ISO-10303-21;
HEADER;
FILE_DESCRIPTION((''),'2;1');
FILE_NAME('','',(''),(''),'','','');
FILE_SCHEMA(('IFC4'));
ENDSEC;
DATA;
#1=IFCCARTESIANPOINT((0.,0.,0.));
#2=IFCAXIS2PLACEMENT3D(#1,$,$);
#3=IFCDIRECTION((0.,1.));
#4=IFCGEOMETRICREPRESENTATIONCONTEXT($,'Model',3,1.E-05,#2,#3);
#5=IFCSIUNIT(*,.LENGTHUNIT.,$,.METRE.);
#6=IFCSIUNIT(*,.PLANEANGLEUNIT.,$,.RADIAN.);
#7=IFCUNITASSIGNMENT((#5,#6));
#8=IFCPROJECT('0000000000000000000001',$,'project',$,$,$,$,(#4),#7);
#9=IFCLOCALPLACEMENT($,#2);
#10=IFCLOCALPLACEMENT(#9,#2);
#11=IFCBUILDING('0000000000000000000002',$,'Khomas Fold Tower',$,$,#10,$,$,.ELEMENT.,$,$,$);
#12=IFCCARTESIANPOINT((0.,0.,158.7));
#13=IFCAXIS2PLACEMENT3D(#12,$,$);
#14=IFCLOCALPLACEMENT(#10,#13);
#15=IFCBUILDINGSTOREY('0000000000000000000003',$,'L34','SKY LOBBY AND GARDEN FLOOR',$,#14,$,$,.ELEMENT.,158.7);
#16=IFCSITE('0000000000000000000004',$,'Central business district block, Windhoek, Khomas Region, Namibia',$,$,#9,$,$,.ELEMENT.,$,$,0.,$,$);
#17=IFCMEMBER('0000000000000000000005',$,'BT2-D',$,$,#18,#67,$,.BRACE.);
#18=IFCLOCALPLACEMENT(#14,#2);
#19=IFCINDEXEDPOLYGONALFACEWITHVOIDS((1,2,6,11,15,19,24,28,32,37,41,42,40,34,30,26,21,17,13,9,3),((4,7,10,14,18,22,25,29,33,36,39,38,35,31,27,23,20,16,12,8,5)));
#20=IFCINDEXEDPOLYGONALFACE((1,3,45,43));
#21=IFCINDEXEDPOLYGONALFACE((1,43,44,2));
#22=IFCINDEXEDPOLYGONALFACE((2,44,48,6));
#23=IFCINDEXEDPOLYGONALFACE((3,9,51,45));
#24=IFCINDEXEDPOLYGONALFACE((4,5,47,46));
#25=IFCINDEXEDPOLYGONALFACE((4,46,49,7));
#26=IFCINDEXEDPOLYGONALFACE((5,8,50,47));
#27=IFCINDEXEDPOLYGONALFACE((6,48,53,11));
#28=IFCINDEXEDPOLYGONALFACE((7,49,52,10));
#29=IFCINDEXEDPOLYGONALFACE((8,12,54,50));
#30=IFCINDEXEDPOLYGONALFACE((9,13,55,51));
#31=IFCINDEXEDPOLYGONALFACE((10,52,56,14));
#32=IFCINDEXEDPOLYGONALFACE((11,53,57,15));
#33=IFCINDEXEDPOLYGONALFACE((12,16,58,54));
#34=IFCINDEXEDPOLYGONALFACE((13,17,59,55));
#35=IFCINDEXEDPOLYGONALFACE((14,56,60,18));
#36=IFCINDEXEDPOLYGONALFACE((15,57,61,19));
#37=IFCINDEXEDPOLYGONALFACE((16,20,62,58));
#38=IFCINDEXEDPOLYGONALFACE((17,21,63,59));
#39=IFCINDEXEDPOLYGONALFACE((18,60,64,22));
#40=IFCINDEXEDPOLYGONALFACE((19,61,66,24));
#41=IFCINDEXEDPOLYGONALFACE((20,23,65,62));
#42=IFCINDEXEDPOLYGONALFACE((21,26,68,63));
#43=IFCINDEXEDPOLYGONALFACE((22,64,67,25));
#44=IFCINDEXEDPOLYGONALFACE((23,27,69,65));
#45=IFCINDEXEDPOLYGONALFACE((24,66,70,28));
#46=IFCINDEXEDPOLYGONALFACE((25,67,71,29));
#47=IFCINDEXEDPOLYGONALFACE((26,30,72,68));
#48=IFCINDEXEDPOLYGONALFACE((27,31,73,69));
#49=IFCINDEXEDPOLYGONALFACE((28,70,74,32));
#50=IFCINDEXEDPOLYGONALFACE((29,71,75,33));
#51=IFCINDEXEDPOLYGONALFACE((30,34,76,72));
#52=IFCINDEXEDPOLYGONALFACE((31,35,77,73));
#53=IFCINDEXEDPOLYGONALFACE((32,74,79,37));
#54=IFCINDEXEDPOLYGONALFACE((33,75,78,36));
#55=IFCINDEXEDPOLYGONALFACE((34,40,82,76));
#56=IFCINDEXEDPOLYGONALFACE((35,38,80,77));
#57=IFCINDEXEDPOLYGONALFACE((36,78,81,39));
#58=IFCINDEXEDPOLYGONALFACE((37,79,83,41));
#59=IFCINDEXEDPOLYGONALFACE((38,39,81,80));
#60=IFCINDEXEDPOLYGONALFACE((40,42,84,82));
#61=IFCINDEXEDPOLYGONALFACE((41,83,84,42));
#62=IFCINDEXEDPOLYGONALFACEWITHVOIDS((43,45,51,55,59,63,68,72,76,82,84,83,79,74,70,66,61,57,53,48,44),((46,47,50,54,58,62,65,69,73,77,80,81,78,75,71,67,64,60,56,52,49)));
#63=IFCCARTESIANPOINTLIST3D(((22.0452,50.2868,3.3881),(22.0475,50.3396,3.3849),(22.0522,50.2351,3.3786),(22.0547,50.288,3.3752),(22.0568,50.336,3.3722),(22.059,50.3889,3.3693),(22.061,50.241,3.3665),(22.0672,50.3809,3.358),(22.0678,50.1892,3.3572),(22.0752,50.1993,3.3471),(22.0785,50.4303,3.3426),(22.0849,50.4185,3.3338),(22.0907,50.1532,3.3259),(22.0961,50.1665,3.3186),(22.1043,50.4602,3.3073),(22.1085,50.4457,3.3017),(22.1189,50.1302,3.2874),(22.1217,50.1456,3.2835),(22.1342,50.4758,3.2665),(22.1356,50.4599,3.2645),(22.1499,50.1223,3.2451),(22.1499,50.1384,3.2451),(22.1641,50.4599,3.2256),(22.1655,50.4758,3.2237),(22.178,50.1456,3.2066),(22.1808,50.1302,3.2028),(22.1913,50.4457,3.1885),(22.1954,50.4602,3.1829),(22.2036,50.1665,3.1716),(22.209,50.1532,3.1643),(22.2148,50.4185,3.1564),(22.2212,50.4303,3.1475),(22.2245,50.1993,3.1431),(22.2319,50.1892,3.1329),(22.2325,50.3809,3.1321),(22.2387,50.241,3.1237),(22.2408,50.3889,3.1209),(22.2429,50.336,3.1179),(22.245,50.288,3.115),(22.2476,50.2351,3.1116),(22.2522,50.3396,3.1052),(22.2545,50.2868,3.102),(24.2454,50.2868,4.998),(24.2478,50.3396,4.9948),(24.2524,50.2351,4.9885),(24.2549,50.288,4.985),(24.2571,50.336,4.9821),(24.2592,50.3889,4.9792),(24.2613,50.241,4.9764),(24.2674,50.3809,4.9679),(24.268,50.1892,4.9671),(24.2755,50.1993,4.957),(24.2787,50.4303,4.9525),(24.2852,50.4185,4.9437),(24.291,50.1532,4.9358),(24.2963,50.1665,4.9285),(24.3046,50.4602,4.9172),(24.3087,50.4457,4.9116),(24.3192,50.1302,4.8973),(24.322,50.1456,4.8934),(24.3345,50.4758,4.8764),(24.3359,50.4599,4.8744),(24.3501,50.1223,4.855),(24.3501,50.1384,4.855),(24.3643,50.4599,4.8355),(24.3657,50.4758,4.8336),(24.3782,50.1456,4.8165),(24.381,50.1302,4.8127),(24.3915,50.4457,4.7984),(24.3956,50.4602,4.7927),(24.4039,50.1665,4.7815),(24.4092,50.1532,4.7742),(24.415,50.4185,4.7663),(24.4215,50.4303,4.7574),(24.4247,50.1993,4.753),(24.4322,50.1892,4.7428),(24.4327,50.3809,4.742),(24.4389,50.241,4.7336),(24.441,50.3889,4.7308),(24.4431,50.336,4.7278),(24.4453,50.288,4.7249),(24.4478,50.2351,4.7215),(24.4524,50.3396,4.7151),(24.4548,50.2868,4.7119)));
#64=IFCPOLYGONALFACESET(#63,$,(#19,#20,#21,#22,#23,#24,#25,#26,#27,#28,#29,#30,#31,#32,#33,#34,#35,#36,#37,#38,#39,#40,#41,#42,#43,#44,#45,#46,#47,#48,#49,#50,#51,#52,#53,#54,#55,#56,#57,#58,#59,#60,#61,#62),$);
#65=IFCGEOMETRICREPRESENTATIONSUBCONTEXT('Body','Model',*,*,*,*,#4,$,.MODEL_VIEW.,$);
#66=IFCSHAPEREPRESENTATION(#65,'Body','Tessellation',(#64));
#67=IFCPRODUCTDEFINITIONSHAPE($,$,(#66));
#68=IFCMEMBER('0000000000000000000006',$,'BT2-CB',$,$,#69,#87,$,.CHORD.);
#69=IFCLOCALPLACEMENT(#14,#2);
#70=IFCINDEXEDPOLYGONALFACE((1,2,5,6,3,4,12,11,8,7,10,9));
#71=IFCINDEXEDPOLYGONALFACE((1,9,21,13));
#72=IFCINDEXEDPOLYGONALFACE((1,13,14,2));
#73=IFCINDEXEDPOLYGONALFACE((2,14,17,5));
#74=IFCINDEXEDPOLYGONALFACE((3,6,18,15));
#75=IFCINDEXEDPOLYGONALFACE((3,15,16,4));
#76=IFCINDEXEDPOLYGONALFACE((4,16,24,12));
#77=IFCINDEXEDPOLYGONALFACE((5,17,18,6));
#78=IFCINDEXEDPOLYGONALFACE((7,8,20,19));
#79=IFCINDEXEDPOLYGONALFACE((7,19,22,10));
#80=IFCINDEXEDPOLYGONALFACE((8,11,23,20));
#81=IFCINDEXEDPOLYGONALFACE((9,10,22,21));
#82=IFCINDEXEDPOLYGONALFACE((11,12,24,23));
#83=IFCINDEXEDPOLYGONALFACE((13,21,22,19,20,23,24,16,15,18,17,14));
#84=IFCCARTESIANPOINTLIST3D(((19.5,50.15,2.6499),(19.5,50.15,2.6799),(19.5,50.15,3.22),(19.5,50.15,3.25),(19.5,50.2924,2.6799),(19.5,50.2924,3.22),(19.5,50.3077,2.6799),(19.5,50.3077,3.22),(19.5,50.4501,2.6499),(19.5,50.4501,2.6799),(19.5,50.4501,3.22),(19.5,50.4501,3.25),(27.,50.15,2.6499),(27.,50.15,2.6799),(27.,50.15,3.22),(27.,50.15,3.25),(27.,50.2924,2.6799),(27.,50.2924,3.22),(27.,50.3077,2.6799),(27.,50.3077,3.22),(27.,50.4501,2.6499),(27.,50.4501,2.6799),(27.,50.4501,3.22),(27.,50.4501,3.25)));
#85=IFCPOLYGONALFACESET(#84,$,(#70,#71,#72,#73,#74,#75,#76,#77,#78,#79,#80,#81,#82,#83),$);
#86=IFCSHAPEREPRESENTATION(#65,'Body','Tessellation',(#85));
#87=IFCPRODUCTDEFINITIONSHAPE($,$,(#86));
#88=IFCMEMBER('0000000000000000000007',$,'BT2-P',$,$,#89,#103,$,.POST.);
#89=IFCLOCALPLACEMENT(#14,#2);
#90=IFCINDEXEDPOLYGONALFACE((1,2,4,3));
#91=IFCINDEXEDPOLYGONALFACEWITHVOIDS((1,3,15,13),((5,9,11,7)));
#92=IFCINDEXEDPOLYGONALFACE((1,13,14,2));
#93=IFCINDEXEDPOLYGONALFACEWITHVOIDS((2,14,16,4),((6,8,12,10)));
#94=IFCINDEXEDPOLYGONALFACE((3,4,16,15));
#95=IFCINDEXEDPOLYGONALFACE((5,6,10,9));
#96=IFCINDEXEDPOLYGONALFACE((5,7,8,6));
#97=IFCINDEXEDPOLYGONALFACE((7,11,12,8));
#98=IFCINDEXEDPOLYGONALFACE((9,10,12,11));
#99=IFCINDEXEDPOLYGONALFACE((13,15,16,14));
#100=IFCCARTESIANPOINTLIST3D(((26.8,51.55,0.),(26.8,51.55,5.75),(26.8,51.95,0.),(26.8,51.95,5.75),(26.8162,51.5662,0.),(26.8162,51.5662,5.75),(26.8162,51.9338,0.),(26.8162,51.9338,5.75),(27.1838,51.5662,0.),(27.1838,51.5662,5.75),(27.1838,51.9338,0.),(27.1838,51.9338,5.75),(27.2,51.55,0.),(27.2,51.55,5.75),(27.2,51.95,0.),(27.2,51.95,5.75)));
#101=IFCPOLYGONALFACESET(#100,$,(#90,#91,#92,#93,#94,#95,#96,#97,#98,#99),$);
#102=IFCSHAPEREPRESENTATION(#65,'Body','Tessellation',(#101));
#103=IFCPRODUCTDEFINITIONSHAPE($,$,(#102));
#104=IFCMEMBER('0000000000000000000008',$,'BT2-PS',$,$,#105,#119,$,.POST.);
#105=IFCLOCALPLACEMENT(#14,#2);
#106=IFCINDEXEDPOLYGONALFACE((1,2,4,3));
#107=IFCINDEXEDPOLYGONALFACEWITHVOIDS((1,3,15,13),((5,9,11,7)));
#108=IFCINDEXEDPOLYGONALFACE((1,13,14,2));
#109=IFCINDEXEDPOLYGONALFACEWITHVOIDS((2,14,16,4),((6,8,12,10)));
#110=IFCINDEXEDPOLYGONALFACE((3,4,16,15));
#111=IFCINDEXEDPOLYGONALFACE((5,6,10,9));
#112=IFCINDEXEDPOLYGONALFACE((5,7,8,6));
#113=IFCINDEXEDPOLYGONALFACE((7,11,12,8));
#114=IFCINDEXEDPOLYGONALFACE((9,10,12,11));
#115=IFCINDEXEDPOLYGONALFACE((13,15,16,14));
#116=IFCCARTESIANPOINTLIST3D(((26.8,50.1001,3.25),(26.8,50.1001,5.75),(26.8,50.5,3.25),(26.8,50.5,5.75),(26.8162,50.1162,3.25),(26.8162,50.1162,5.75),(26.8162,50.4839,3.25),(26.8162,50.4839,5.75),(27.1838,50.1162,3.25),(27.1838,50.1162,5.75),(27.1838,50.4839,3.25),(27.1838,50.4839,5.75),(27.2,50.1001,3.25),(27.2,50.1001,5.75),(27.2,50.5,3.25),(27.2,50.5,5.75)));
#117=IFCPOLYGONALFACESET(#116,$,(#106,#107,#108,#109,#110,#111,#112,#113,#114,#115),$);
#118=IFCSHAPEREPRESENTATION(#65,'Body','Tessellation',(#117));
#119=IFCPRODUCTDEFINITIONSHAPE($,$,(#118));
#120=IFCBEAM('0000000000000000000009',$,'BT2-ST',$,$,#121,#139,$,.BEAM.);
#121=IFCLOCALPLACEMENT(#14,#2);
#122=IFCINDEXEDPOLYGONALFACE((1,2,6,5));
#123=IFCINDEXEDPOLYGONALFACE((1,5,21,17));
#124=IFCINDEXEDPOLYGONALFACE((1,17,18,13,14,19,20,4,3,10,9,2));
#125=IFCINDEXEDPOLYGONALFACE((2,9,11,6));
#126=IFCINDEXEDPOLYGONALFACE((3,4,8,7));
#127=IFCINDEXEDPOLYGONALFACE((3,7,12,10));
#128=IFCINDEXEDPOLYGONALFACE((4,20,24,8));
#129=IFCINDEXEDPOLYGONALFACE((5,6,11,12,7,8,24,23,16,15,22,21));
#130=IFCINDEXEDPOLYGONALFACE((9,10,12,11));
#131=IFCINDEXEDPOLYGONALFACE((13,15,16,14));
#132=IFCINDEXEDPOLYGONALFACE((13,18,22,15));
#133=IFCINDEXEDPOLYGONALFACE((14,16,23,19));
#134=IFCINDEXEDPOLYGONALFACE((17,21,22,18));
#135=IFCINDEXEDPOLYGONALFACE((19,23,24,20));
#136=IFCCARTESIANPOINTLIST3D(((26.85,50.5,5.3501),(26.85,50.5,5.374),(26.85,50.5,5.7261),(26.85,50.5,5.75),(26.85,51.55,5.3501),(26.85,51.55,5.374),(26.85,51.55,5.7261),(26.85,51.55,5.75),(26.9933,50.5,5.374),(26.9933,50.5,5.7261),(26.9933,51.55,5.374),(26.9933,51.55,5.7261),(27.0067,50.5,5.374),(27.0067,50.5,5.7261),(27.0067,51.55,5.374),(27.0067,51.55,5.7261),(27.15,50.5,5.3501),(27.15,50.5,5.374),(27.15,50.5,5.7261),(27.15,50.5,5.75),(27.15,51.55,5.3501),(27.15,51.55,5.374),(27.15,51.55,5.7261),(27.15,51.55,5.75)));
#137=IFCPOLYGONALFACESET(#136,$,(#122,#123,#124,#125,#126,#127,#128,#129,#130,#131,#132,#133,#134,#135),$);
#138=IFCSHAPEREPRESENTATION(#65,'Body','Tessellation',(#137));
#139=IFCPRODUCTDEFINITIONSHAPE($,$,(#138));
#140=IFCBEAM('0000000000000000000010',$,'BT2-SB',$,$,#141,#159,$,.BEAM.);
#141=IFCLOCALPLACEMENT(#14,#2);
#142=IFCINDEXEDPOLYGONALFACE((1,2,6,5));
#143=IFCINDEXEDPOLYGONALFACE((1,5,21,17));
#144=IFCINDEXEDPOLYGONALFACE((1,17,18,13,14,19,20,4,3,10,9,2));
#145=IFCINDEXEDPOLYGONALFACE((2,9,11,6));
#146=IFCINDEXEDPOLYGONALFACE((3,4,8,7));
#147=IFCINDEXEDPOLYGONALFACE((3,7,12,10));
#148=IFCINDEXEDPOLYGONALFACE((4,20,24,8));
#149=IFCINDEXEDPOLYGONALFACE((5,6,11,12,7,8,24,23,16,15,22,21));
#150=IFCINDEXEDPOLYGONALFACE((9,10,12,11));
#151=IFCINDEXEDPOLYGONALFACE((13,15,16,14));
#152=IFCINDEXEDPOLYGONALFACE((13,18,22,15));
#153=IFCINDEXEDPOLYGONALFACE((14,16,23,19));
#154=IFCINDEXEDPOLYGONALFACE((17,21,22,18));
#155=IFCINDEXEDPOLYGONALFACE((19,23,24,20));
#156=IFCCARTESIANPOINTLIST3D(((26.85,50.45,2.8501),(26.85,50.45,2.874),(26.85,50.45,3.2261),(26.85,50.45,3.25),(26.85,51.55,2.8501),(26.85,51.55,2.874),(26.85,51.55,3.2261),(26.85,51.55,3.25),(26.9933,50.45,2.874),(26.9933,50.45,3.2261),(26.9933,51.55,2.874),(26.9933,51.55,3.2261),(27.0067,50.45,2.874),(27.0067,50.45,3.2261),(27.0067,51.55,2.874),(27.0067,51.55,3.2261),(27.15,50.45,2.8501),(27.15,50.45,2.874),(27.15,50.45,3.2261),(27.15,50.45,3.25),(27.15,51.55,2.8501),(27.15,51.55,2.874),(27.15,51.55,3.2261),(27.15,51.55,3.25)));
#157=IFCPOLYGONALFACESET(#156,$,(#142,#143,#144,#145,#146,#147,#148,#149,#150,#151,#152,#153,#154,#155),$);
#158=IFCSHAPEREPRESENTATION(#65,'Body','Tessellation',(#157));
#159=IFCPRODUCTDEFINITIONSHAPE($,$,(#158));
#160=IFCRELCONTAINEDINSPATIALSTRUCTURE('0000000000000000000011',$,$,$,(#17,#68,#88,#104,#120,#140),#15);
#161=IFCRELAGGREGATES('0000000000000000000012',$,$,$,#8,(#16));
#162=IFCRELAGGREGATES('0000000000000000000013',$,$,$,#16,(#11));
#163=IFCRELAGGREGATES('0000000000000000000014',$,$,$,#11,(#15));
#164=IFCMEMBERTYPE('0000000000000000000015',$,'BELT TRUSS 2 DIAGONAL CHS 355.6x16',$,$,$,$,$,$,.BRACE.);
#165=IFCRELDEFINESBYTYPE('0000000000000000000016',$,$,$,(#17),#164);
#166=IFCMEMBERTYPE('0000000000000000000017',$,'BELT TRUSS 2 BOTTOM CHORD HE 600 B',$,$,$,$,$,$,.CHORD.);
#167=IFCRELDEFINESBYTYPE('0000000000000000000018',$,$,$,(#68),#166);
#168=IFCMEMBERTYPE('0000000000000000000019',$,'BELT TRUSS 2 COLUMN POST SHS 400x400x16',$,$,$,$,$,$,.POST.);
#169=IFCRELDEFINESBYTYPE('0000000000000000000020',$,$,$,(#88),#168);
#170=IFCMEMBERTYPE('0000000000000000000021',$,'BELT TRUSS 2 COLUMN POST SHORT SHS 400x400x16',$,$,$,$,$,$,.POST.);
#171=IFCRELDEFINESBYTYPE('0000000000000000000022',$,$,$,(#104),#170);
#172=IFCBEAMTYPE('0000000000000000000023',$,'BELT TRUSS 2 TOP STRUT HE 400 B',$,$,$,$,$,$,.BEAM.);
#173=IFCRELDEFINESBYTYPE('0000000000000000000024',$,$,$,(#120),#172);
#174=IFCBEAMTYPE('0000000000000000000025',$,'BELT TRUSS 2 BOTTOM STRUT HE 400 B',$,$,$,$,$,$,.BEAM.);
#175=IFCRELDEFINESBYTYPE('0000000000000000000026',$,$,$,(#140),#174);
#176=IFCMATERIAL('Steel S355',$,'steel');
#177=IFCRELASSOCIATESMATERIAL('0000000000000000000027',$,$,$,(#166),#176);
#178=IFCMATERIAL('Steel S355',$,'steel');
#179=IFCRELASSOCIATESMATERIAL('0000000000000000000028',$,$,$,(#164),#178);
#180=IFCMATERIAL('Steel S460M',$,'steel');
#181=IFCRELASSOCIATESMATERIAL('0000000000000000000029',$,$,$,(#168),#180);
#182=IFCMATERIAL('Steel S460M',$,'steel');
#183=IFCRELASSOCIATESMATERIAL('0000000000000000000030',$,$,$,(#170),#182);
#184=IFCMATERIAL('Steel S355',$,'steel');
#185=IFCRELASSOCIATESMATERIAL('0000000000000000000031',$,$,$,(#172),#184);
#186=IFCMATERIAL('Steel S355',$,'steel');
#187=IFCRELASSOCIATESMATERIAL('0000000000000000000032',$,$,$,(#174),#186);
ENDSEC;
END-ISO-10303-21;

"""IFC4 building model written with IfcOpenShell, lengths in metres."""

from ifc_helpers import new_model, si_unit, direction, frame, origin, origin_2d, place, context, subcontext, project, spatial, hollow_rectangle, hollow_circle, i_section, extrude, source, transform, mapped, material, material_profile, profile_set, type_object, element, save


model = new_model("IFC4")

# Units and contexts
model_context = context("Model", 3, precision=1e-05, world=origin(), true_north=direction((0.0, 1.0)))
body_context = subcontext(model_context, "Body", "Model", "MODEL_VIEW")
ifc_project = project(units=[si_unit("LENGTHUNIT", "METRE"), si_unit("PLANEANGLEUNIT", "RADIAN")], contexts=[model_context])

# Site, building, storey
site_placement = place(None, origin())
site = spatial("IfcSite", under=ifc_project, at=site_placement, Name="Central business district block, Windhoek, Khomas Region, Namibia", CompositionType="ELEMENT", RefElevation=0.0)
building_placement = place(site_placement, origin())
building = spatial("IfcBuilding", under=site, at=building_placement, Name="Khomas Fold Tower", CompositionType="ELEMENT")
storey_placement = place(building_placement, frame((0.0, 0.0, 158.7)))
storey = spatial("IfcBuildingStorey", under=building, at=storey_placement, Name="L34", Description="SKY LOBBY AND GARDEN FLOOR", CompositionType="ELEMENT", Elevation=158.7)

# Members
ifc_material_1 = material(Name="Steel S355", Category="steel")
ifc_material_profile_1 = material_profile(ifc_material_1, i_section(OverallWidth=0.3, OverallDepth=0.6001, WebThickness=0.0154, FlangeThickness=0.03, at=origin_2d()), Name="HE 600 B")
ifc_profile_set_1 = profile_set([ifc_material_profile_1], Name="Steel S355")
member_type_1 = type_object("IfcMemberType", Name="BELT TRUSS 2 BOTTOM CHORD HE 600 B", PredefinedType="CHORD", material=ifc_profile_set_1)
ifc_material_2 = material(Name="Steel S355", Category="steel")
ifc_material_profile_2 = material_profile(ifc_material_2, hollow_circle(Radius=0.1777, WallThickness=0.0161, at=origin_2d()), Name="CHS 355.6x16")
ifc_profile_set_2 = profile_set([ifc_material_profile_2], Name="Steel S355")
member_type_2 = type_object("IfcMemberType", Name="BELT TRUSS 2 DIAGONAL CHS 355.6x16", PredefinedType="BRACE", material=ifc_profile_set_2)
shared_shape_1 = source(origin(), body_context, "Body", "SweptSolid", [
    extrude(hollow_circle(Radius=0.1777, WallThickness=0.0161, at=origin_2d()), origin(), (0.0, 0.0, 1.0), 2.7263),
])
for number, where, z_axis, x_axis, name in (
    (1, (24.3501, 50.3, 4.855), (-0.807037, 0.0, -0.590501), (0.0, -1.0, 0.0), "BT2-D"),
):
    element("IfcMember", number, at=place(storey_placement, frame(where, z_axis=z_axis, x_axis=x_axis)), inside=storey, type_object=member_type_2, Name=name, PredefinedType="BRACE", context=body_context, shape_type="MappedRepresentation", body=[
        mapped(shared_shape_1, transform((0.0, 0.0, 0.0))),
    ])
shared_shape_2 = source(origin(), body_context, "Body", "SweptSolid", [
    extrude(i_section(OverallWidth=0.3, OverallDepth=0.6001, WebThickness=0.0154, FlangeThickness=0.03, at=origin_2d()), origin(), (0.0, 0.0, 1.0), 7.5),
])
member_1_placement = place(storey_placement, frame((27.0, 50.3, 2.95), z_axis=(-1.0, 0.0, 0.0), x_axis=(0.0, -1.0, 0.0)))
element("IfcMember", 2, at=member_1_placement, inside=storey, type_object=member_type_1, Name="BT2-CB", PredefinedType="CHORD", context=body_context, shape_type="MappedRepresentation", body=[
    mapped(shared_shape_2, transform((0.0, 0.0, 0.0))),
])
ifc_material_3 = material(Name="Steel S460M", Category="steel")
ifc_material_profile_3 = material_profile(ifc_material_3, hollow_rectangle(XDim=0.3999, YDim=0.3999, WallThickness=0.0161, at=origin_2d()), Name="SHS 400x400x16")
ifc_profile_set_3 = profile_set([ifc_material_profile_3], Name="Steel S460M")
member_type_3 = type_object("IfcMemberType", Name="BELT TRUSS 2 COLUMN POST SHS 400x400x16", PredefinedType="POST", material=ifc_profile_set_3)
shared_shape_3 = source(origin(), body_context, "Body", "SweptSolid", [
    extrude(hollow_rectangle(XDim=0.3999, YDim=0.3999, WallThickness=0.0161, at=origin_2d()), origin(), (0.0, 0.0, 1.0), 5.75),
])
member_2_placement = place(storey_placement, frame((27.0, 51.75, 0.0), z_axis=(0.0, 0.0, 1.0), x_axis=(1.0, 0.0, 0.0)))
element("IfcMember", 3, at=member_2_placement, inside=storey, type_object=member_type_3, Name="BT2-P", PredefinedType="POST", context=body_context, shape_type="MappedRepresentation", body=[
    mapped(shared_shape_3, transform((0.0, 0.0, 0.0))),
])
ifc_material_4 = material(Name="Steel S460M", Category="steel")
ifc_material_profile_4 = material_profile(ifc_material_4, hollow_rectangle(XDim=0.3999, YDim=0.3999, WallThickness=0.0161, at=origin_2d()), Name="SHS 400x400x16")
ifc_profile_set_4 = profile_set([ifc_material_profile_4], Name="Steel S460M")
member_type_4 = type_object("IfcMemberType", Name="BELT TRUSS 2 COLUMN POST SHORT SHS 400x400x16", PredefinedType="POST", material=ifc_profile_set_4)
shared_shape_4 = source(origin(), body_context, "Body", "SweptSolid", [
    extrude(hollow_rectangle(XDim=0.3999, YDim=0.3999, WallThickness=0.0161, at=origin_2d()), origin(), (0.0, 0.0, 1.0), 2.5),
])
member_3_placement = place(storey_placement, frame((27.0, 50.3, 3.25), z_axis=(0.0, 0.0, 1.0), x_axis=(1.0, 0.0, 0.0)))
element("IfcMember", 4, at=member_3_placement, inside=storey, type_object=member_type_4, Name="BT2-PS", PredefinedType="POST", context=body_context, shape_type="MappedRepresentation", body=[
    mapped(shared_shape_4, transform((0.0, 0.0, 0.0))),
])

# Beams
ifc_material_5 = material(Name="Steel S355", Category="steel")
ifc_material_profile_5 = material_profile(ifc_material_5, i_section(OverallWidth=0.3, OverallDepth=0.3999, WebThickness=0.0134, FlangeThickness=0.0239, at=origin_2d()), Name="HE 400 B")
ifc_profile_set_5 = profile_set([ifc_material_profile_5], Name="Steel S355")
beam_type_1 = type_object("IfcBeamType", Name="BELT TRUSS 2 TOP STRUT HE 400 B", PredefinedType="BEAM", material=ifc_profile_set_5)
shared_shape_5 = source(origin(), body_context, "Body", "SweptSolid", [
    extrude(i_section(OverallWidth=0.3, OverallDepth=0.3999, WebThickness=0.0134, FlangeThickness=0.0239, at=origin_2d()), origin(), (0.0, 0.0, 1.0), 1.05),
])
beam_1_placement = place(storey_placement, frame((27.0, 50.5, 5.55), z_axis=(0.0, 1.0, 0.0), x_axis=(-1.0, 0.0, 0.0)))
element("IfcBeam", 5, at=beam_1_placement, inside=storey, type_object=beam_type_1, Name="BT2-ST", PredefinedType="BEAM", context=body_context, shape_type="MappedRepresentation", body=[
    mapped(shared_shape_5, transform((0.0, 0.0, 0.0))),
])
ifc_material_6 = material(Name="Steel S355", Category="steel")
ifc_material_profile_6 = material_profile(ifc_material_6, i_section(OverallWidth=0.3, OverallDepth=0.3999, WebThickness=0.0134, FlangeThickness=0.0239, at=origin_2d()), Name="HE 400 B")
ifc_profile_set_6 = profile_set([ifc_material_profile_6], Name="Steel S355")
beam_type_2 = type_object("IfcBeamType", Name="BELT TRUSS 2 BOTTOM STRUT HE 400 B", PredefinedType="BEAM", material=ifc_profile_set_6)
shared_shape_6 = source(origin(), body_context, "Body", "SweptSolid", [
    extrude(i_section(OverallWidth=0.3, OverallDepth=0.3999, WebThickness=0.0134, FlangeThickness=0.0239, at=origin_2d()), origin(), (0.0, 0.0, 1.0), 1.1001),
])
beam_2_placement = place(storey_placement, frame((27.0, 50.45, 3.05), z_axis=(0.0, 1.0, 0.0), x_axis=(-1.0, 0.0, 0.0)))
element("IfcBeam", 6, at=beam_2_placement, inside=storey, type_object=beam_type_2, Name="BT2-SB", PredefinedType="BEAM", context=body_context, shape_type="MappedRepresentation", body=[
    mapped(shared_shape_6, transform((0.0, 0.0, 0.0))),
])

save(model, "model.ifc")
